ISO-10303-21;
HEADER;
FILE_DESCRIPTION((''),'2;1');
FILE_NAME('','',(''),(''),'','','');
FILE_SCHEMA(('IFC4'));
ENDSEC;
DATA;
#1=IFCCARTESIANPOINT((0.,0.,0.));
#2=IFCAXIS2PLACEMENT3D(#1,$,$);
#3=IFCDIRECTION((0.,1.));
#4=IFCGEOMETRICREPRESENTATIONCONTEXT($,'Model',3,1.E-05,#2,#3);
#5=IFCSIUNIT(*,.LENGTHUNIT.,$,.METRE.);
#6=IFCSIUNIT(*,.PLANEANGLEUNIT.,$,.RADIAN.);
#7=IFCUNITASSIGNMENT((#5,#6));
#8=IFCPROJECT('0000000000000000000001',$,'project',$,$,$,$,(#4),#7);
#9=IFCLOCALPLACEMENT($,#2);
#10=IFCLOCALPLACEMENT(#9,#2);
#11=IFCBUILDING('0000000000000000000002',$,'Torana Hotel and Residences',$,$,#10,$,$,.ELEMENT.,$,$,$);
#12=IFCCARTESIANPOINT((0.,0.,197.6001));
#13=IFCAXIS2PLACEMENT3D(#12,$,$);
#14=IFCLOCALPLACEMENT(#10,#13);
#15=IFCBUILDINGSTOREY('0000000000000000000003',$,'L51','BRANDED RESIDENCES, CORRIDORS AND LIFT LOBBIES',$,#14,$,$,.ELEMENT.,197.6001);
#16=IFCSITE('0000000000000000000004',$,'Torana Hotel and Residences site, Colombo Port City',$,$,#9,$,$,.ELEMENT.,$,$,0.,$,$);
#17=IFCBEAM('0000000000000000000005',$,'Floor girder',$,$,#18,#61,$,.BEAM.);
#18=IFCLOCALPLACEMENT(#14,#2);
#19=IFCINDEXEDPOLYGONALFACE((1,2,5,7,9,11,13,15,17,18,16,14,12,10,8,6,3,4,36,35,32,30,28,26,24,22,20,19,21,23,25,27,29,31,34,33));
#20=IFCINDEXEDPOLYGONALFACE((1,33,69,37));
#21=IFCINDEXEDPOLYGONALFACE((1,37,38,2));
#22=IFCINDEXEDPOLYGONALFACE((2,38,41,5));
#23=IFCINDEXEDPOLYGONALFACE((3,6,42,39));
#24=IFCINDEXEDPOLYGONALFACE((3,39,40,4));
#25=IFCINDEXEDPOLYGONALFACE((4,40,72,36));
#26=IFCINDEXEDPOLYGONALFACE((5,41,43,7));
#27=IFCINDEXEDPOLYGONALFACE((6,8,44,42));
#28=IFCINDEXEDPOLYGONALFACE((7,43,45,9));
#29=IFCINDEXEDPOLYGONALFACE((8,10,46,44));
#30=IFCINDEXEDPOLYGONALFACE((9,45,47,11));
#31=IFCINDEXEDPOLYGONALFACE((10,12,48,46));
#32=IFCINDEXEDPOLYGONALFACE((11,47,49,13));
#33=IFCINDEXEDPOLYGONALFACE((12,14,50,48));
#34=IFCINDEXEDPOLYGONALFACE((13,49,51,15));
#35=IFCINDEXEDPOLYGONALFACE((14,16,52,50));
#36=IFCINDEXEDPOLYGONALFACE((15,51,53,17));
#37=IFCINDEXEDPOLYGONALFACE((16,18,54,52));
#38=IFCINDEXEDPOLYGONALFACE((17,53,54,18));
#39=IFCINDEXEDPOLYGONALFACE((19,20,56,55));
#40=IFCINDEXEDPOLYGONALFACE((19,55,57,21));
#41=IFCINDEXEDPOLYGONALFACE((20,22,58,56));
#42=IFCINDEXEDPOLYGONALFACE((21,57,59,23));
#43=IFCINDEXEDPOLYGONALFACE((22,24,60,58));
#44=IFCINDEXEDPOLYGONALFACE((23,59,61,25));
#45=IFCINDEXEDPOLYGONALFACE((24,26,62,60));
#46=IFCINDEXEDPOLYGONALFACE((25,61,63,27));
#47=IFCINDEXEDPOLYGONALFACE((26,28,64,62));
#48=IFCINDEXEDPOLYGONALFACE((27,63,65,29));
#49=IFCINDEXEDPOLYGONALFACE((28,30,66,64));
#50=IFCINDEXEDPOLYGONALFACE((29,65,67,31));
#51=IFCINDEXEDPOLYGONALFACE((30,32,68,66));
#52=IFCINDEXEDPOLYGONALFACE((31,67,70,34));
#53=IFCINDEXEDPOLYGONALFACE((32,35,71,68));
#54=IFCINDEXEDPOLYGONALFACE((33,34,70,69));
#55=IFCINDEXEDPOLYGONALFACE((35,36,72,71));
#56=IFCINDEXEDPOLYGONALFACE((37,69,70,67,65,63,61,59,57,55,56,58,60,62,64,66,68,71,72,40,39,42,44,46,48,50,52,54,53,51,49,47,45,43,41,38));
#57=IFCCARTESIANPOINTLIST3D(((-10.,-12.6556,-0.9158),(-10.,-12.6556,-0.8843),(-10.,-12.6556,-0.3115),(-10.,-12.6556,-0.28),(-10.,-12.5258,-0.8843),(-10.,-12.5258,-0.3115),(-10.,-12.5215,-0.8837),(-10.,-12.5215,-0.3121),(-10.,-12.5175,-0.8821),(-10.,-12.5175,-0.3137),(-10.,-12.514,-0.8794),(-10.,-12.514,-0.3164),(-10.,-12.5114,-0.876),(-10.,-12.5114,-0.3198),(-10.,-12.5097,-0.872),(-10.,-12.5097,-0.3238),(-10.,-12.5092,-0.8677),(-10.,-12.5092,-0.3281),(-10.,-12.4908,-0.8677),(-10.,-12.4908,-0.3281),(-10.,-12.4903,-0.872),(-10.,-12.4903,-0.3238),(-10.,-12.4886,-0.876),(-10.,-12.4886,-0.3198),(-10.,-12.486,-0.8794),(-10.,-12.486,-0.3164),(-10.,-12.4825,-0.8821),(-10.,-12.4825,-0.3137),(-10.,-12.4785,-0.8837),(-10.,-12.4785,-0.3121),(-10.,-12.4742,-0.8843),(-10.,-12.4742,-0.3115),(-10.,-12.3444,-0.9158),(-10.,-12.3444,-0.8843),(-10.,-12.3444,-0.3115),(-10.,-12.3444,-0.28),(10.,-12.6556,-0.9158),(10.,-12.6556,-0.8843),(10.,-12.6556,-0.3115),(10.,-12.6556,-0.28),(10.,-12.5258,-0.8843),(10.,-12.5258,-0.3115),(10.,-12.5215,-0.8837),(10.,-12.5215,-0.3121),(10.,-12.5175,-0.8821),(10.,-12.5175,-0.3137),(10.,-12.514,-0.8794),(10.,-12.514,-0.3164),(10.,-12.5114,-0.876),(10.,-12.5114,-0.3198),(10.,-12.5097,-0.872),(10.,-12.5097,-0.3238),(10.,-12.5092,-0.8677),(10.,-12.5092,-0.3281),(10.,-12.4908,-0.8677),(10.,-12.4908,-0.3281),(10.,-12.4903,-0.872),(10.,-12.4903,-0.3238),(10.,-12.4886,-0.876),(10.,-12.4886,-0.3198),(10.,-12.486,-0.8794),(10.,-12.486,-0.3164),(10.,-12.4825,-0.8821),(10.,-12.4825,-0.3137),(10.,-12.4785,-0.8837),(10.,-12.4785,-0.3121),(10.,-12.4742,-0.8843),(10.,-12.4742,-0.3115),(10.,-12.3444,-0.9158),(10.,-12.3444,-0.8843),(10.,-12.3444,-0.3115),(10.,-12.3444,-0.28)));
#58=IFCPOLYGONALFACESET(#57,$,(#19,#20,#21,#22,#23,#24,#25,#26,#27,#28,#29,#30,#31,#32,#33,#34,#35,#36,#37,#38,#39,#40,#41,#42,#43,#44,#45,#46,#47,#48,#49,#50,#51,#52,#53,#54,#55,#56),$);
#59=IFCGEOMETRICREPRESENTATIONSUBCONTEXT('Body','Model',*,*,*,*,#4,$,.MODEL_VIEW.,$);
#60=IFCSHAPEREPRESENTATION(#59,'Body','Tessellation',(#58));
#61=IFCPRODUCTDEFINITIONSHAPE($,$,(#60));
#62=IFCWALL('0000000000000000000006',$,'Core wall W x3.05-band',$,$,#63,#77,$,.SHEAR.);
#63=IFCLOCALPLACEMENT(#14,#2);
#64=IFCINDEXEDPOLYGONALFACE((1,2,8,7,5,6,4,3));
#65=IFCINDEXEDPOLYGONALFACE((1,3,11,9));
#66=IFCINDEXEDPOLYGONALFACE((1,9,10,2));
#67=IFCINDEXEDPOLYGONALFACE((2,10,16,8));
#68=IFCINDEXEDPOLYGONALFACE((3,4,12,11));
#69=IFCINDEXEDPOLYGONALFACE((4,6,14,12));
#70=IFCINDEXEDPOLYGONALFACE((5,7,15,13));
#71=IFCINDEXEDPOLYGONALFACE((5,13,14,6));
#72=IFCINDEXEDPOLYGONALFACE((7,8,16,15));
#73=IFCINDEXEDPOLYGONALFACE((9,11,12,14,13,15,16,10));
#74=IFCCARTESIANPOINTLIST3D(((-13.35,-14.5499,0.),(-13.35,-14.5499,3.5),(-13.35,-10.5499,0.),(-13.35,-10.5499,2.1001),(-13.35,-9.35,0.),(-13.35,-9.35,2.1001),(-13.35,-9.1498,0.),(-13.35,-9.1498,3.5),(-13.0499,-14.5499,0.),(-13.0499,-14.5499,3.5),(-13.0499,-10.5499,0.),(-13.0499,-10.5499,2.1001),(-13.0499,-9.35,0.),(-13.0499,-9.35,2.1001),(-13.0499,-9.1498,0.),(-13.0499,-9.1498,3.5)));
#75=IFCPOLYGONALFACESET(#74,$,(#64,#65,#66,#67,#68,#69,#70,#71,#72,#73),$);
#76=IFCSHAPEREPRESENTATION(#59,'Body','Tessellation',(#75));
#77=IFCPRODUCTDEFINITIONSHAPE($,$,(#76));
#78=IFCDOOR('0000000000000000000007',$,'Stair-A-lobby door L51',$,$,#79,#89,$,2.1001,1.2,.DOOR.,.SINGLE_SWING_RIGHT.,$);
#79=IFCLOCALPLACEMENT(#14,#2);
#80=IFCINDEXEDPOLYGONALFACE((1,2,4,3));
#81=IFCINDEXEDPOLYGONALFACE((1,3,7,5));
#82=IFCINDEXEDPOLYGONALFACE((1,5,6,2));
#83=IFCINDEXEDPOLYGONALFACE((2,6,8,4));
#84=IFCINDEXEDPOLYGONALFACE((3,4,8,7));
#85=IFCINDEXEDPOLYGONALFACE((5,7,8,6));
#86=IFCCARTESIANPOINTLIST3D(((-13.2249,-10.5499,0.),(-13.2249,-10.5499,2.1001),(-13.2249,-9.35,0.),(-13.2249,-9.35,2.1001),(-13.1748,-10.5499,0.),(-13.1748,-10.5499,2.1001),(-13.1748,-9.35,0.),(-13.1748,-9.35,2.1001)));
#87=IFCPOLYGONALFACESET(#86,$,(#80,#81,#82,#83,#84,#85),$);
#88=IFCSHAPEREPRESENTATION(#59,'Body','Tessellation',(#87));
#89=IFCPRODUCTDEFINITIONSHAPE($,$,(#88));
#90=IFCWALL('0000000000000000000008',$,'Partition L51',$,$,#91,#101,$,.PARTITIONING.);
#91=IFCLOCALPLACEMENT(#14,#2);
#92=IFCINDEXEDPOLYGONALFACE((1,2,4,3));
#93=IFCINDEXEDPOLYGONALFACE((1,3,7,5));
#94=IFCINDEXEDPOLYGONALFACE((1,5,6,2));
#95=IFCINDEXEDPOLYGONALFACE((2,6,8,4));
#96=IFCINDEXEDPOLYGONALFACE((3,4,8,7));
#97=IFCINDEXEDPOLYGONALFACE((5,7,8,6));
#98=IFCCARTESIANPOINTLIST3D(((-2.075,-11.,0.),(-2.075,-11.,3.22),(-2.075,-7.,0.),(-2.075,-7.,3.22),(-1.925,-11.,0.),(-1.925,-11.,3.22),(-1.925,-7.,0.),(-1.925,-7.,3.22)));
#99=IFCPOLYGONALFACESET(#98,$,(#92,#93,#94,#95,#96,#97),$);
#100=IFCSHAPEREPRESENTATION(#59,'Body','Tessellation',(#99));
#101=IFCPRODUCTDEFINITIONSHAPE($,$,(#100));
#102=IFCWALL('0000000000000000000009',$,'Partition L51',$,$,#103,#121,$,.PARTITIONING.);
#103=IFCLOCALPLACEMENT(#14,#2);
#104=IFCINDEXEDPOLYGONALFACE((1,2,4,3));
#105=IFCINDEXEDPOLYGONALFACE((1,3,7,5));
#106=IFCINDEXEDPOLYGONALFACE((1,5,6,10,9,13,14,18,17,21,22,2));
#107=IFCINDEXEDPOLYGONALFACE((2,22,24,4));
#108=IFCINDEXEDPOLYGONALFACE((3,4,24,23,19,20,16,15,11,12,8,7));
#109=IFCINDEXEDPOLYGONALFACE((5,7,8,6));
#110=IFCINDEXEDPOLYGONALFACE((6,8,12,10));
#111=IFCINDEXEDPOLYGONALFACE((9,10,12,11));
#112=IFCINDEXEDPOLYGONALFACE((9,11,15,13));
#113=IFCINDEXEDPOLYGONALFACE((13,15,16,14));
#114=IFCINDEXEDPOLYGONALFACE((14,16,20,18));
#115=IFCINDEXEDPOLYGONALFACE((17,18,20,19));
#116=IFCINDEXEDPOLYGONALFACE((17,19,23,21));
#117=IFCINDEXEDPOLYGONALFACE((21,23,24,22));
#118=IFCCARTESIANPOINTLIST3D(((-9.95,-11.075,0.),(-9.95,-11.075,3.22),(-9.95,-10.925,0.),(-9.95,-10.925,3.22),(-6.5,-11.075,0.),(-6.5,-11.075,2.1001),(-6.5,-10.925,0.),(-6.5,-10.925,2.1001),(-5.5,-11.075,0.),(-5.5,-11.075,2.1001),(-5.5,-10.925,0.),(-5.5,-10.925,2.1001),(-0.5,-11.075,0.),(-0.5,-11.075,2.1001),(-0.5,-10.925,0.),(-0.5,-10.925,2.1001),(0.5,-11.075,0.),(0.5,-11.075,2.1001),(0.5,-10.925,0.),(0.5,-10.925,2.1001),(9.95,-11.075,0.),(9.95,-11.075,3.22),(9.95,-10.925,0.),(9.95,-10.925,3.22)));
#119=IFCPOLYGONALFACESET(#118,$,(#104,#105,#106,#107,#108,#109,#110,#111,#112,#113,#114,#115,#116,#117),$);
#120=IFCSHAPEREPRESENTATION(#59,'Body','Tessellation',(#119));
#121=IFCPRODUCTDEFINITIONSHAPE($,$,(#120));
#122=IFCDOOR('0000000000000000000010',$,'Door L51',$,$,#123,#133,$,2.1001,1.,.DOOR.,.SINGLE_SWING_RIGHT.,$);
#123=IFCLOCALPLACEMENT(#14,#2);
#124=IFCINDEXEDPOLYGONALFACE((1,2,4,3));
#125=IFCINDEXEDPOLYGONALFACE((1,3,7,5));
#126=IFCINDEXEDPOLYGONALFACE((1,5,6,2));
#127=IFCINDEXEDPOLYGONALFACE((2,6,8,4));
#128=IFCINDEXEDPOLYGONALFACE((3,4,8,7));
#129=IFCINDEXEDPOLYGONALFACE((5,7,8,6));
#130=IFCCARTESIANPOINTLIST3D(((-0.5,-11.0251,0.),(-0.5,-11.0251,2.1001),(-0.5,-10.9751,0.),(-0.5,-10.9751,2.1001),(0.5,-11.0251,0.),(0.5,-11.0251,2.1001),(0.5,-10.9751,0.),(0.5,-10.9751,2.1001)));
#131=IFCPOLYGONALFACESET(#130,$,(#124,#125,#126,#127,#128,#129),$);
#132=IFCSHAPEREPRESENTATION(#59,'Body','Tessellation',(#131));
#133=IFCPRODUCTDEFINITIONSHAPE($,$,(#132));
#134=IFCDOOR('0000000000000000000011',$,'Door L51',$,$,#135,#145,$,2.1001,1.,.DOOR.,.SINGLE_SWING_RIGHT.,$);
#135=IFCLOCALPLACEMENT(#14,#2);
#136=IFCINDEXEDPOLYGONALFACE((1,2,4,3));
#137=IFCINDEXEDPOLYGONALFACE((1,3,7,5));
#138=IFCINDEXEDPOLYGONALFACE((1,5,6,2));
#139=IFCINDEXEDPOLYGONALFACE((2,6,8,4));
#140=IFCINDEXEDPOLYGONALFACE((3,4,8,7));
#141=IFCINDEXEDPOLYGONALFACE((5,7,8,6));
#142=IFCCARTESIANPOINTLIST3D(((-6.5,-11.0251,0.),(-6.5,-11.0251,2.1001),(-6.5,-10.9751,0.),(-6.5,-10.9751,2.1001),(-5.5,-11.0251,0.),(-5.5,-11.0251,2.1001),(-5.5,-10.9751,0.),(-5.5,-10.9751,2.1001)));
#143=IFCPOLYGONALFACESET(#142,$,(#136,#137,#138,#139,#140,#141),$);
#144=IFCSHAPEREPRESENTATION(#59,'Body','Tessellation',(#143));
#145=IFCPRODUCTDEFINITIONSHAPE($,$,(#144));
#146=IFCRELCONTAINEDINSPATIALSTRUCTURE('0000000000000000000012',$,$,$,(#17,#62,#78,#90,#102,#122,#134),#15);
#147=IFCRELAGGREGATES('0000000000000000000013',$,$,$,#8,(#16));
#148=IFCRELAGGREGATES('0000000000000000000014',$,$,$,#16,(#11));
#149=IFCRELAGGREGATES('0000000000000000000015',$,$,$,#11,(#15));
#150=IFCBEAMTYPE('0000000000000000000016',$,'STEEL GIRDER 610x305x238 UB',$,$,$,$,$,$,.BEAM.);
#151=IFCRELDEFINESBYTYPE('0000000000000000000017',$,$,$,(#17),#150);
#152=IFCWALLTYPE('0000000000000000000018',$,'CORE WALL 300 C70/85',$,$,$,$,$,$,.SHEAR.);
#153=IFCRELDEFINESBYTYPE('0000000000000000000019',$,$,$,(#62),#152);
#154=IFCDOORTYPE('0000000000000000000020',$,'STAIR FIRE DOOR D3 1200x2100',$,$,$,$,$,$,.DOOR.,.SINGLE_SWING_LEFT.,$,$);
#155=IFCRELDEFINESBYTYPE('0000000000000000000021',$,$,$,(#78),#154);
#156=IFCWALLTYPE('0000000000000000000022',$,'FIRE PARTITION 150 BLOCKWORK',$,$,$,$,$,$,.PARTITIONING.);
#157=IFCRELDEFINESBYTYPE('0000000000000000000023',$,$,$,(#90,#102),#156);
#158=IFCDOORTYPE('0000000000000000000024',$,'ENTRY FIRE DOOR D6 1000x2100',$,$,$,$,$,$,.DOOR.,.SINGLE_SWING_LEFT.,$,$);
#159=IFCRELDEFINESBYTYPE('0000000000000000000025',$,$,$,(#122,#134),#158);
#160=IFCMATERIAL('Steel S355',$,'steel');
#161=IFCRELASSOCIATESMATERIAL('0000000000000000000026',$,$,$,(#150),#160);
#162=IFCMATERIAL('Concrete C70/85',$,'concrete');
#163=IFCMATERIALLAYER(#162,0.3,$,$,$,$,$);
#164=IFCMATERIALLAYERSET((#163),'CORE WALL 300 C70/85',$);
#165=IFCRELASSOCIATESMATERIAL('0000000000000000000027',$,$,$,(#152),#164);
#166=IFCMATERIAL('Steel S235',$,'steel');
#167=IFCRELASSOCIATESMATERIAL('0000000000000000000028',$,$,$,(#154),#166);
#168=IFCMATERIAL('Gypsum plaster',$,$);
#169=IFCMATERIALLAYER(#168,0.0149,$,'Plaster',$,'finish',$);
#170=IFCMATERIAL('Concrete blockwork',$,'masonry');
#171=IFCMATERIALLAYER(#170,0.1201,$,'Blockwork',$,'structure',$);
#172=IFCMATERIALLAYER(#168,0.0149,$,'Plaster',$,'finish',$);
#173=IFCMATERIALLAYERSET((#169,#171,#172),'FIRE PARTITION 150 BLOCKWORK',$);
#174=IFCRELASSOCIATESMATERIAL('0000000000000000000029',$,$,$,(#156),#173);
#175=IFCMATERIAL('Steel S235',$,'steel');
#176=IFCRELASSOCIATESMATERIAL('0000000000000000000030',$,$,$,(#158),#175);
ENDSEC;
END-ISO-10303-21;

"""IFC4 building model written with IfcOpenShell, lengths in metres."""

from ifc_helpers import new_model, si_unit, direction, frame, frame_2d, origin, origin_2d, place, context, subcontext, project, spatial, rectangle, i_section, extrude, material, layer, layer_set, material_profile, profile_set, type_object, element, fill, save


model = new_model("IFC4")

# Units and contexts
model_context = context("Model", 3, precision=1e-05, world=origin(), true_north=direction((0.0, 1.0)))
body_context = subcontext(model_context, "Body", "Model", "MODEL_VIEW")
ifc_project = project(units=[si_unit("LENGTHUNIT", "METRE"), si_unit("PLANEANGLEUNIT", "RADIAN")], contexts=[model_context])

# Site, building, storey
site_placement = place(None, origin())
site = spatial("IfcSite", under=ifc_project, at=site_placement, Name="Torana Hotel and Residences site, Colombo Port City", CompositionType="ELEMENT", RefElevation=0.0)
building_placement = place(site_placement, origin())
building = spatial("IfcBuilding", under=site, at=building_placement, Name="Torana Hotel and Residences", CompositionType="ELEMENT")
storey_placement = place(building_placement, frame((0.0, 0.0, 197.6001)))
storey = spatial("IfcBuildingStorey", under=building, at=storey_placement, Name="L51", Description="BRANDED RESIDENCES, CORRIDORS AND LIFT LOBBIES", CompositionType="ELEMENT", Elevation=197.6001)

# Beam
ifc_material_1 = material(Name="Steel S355", Category="steel")
ifc_material_profile = material_profile(ifc_material_1, i_section(OverallWidth=0.3113, OverallDepth=0.6357, WebThickness=0.0183, FlangeThickness=0.0315, FilletRadius=0.0166, at=origin_2d()), Name="610x305x238 UB")
ifc_profile_set = profile_set([ifc_material_profile], Name="Steel S355")
beam_type = type_object("IfcBeamType", Name="STEEL GIRDER 610x305x238 UB", PredefinedType="BEAM", material=ifc_profile_set)
beam_placement = place(storey_placement, frame((-10.0, -12.5, -0.5979), z_axis=(1.0, 0.0, 0.0), x_axis=(0.0, 1.0, 0.0)))
element("IfcBeam", 1, at=beam_placement, inside=storey, type_object=beam_type, Name="Floor girder", PredefinedType="BEAM", context=body_context, shape_type="SweptSolid", body=[
    extrude(i_section(OverallWidth=0.3113, OverallDepth=0.6357, WebThickness=0.0183, FlangeThickness=0.0315, FilletRadius=0.0166, at=origin_2d()), origin(), (0.0, 0.0, 1.0), 20.0),
])

# Wall, opening, door
ifc_material_2 = material(Name="Concrete C70/85", Category="concrete")
ifc_layer_1 = layer(ifc_material_2, 0.3)
ifc_layer_set_1 = layer_set([ifc_layer_1], Name="CORE WALL 300 C70/85")
wall_type_1 = type_object("IfcWallType", Name="CORE WALL 300 C70/85", PredefinedType="SHEAR", material=ifc_layer_set_1)
wall_1_placement = place(storey_placement, frame((-13.2, -14.55, 0.0), z_axis=(0.0, 0.0, 1.0), x_axis=(0.0, 1.0, 0.0)))
wall_1 = element("IfcWall", 2, at=wall_1_placement, inside=storey, type_object=wall_type_1, Name="Core wall W x3.05-band", PredefinedType="SHEAR", context=body_context, shape_type="SweptSolid", body=[
    extrude(rectangle(XDim=5.4001, YDim=0.3, at=frame_2d((2.7002, 0.0))), origin(), (0.0, 0.0, 1.0), 3.5),
])
opening_1_placement = place(wall_1_placement, frame((4.0, 0.0, 0.0)))
opening_1 = element("IfcOpeningElement", 3, at=opening_1_placement, cuts=wall_1, PredefinedType="OPENING", context=body_context, shape_type="SweptSolid", body=[
    extrude(rectangle(XDim=1.2, YDim=2.1001, at=frame_2d((0.6001, 1.05))), frame((0.0, 0.1599, 0.0), z_axis=(0.0, -1.0, 0.0), x_axis=(1.0, 0.0, 0.0)), (0.0, 0.0, 1.0), 0.3201),
])
ifc_material_3 = material(Name="Steel S235", Category="steel")
door_type_1 = type_object("IfcDoorType", Name="STAIR FIRE DOOR D3 1200x2100", OperationType="SINGLE_SWING_LEFT", PredefinedType="DOOR", material=ifc_material_3)
door_1_placement = place(opening_1_placement, frame((0.6001, 0.0, 0.0), z_axis=(0.0, 0.0, 1.0), x_axis=(-1.0, 0.0, 0.0)))
door_1 = element("IfcDoor", 4, at=door_1_placement, inside=storey, type_object=door_type_1, Name="Stair-A-lobby door L51", OperationType="SINGLE_SWING_RIGHT", OverallHeight=2.1001, OverallWidth=1.2, PredefinedType="DOOR", context=body_context, shape_type="SweptSolid", body=[
    extrude(rectangle(XDim=1.2, YDim=2.1001, at=frame_2d((0.0, 1.05))), frame((0.0, -0.0249, 0.0), z_axis=(0.0, 1.0, 0.0), x_axis=(-1.0, 0.0, 0.0)), (0.0, 0.0, 1.0), 0.05),
])
fill(opening_1, door_1)

# Wall
ifc_material_4 = material(Name="Gypsum plaster")
ifc_layer_2 = layer(ifc_material_4, 0.0149, Name="Plaster", Category="finish")
ifc_material_5 = material(Name="Concrete blockwork", Category="masonry")
ifc_layer_3 = layer(ifc_material_5, 0.1201, Name="Blockwork", Category="structure")
ifc_layer_4 = layer(ifc_material_4, 0.0149, Name="Plaster", Category="finish")
ifc_layer_set_2 = layer_set([ifc_layer_2, ifc_layer_3, ifc_layer_4], Name="FIRE PARTITION 150 BLOCKWORK")
wall_type_2 = type_object("IfcWallType", Name="FIRE PARTITION 150 BLOCKWORK", PredefinedType="PARTITIONING", material=ifc_layer_set_2)
wall_2_placement = place(storey_placement, frame((-2.0, -11.0, 0.0), z_axis=(0.0, 0.0, 1.0), x_axis=(0.0, 1.0, 0.0)))
element("IfcWall", 5, at=wall_2_placement, inside=storey, type_object=wall_type_2, Name="Partition L51", PredefinedType="PARTITIONING", context=body_context, shape_type="SweptSolid", body=[
    extrude(rectangle(XDim=4.0, YDim=0.1499, at=frame_2d((2.0, 0.0))), origin(), (0.0, 0.0, 1.0), 3.22),
])

# Wall, openings, doors
wall_3_placement = place(storey_placement, frame((-9.95, -11.0, 0.0), z_axis=(0.0, 0.0, 1.0), x_axis=(1.0, 0.0, 0.0)))
wall_3 = element("IfcWall", 6, at=wall_3_placement, inside=storey, type_object=wall_type_2, Name="Partition L51", PredefinedType="PARTITIONING", context=body_context, shape_type="SweptSolid", body=[
    extrude(rectangle(XDim=19.8999, YDim=0.1499, at=frame_2d((9.95, 0.0))), origin(), (0.0, 0.0, 1.0), 3.22),
])
opening_2_placement = place(wall_3_placement, frame((9.45, 0.0, 0.0)))
opening_2 = element("IfcOpeningElement", 7, at=opening_2_placement, cuts=wall_3, PredefinedType="OPENING", context=body_context, shape_type="SweptSolid", body=[
    extrude(rectangle(XDim=1.0, YDim=2.1001, at=frame_2d((0.5, 1.05))), frame((0.0, 0.085, 0.0), z_axis=(0.0, -1.0, 0.0), x_axis=(1.0, 0.0, 0.0)), (0.0, 0.0, 1.0), 0.1699),
])
opening_3_placement = place(wall_3_placement, frame((3.45, 0.0, 0.0)))
opening_3 = element("IfcOpeningElement", 8, at=opening_3_placement, cuts=wall_3, PredefinedType="OPENING", context=body_context, shape_type="SweptSolid", body=[
    extrude(rectangle(XDim=1.0, YDim=2.1001, at=frame_2d((0.5, 1.05))), frame((0.0, 0.085, 0.0), z_axis=(0.0, -1.0, 0.0), x_axis=(1.0, 0.0, 0.0)), (0.0, 0.0, 1.0), 0.1699),
])
ifc_material_6 = material(Name="Steel S235", Category="steel")
door_type_2 = type_object("IfcDoorType", Name="ENTRY FIRE DOOR D6 1000x2100", OperationType="SINGLE_SWING_LEFT", PredefinedType="DOOR", material=ifc_material_6)
door_2_placement = place(opening_2_placement, origin())
door_2 = element("IfcDoor", 9, at=door_2_placement, inside=storey, type_object=door_type_2, Name="Door L51", OperationType="SINGLE_SWING_RIGHT", OverallHeight=2.1001, OverallWidth=1.0, PredefinedType="DOOR", context=body_context, shape_type="SweptSolid", body=[
    extrude(rectangle(XDim=1.0, YDim=2.1001, at=frame_2d((0.5, 1.05))), frame((0.0, 0.0249, 0.0), z_axis=(0.0, -1.0, 0.0), x_axis=(1.0, 0.0, 0.0)), (0.0, 0.0, 1.0), 0.05),
])
fill(opening_2, door_2)
door_3_placement = place(opening_3_placement, origin())
door_3 = element("IfcDoor", 10, at=door_3_placement, inside=storey, type_object=door_type_2, Name="Door L51", OperationType="SINGLE_SWING_RIGHT", OverallHeight=2.1001, OverallWidth=1.0, PredefinedType="DOOR", context=body_context, shape_type="SweptSolid", body=[
    extrude(rectangle(XDim=1.0, YDim=2.1001, at=frame_2d((0.5, 1.05))), frame((0.0, 0.0249, 0.0), z_axis=(0.0, -1.0, 0.0), x_axis=(1.0, 0.0, 0.0)), (0.0, 0.0, 1.0), 0.05),
])
fill(opening_3, door_3)

save(model, "model.ifc")
